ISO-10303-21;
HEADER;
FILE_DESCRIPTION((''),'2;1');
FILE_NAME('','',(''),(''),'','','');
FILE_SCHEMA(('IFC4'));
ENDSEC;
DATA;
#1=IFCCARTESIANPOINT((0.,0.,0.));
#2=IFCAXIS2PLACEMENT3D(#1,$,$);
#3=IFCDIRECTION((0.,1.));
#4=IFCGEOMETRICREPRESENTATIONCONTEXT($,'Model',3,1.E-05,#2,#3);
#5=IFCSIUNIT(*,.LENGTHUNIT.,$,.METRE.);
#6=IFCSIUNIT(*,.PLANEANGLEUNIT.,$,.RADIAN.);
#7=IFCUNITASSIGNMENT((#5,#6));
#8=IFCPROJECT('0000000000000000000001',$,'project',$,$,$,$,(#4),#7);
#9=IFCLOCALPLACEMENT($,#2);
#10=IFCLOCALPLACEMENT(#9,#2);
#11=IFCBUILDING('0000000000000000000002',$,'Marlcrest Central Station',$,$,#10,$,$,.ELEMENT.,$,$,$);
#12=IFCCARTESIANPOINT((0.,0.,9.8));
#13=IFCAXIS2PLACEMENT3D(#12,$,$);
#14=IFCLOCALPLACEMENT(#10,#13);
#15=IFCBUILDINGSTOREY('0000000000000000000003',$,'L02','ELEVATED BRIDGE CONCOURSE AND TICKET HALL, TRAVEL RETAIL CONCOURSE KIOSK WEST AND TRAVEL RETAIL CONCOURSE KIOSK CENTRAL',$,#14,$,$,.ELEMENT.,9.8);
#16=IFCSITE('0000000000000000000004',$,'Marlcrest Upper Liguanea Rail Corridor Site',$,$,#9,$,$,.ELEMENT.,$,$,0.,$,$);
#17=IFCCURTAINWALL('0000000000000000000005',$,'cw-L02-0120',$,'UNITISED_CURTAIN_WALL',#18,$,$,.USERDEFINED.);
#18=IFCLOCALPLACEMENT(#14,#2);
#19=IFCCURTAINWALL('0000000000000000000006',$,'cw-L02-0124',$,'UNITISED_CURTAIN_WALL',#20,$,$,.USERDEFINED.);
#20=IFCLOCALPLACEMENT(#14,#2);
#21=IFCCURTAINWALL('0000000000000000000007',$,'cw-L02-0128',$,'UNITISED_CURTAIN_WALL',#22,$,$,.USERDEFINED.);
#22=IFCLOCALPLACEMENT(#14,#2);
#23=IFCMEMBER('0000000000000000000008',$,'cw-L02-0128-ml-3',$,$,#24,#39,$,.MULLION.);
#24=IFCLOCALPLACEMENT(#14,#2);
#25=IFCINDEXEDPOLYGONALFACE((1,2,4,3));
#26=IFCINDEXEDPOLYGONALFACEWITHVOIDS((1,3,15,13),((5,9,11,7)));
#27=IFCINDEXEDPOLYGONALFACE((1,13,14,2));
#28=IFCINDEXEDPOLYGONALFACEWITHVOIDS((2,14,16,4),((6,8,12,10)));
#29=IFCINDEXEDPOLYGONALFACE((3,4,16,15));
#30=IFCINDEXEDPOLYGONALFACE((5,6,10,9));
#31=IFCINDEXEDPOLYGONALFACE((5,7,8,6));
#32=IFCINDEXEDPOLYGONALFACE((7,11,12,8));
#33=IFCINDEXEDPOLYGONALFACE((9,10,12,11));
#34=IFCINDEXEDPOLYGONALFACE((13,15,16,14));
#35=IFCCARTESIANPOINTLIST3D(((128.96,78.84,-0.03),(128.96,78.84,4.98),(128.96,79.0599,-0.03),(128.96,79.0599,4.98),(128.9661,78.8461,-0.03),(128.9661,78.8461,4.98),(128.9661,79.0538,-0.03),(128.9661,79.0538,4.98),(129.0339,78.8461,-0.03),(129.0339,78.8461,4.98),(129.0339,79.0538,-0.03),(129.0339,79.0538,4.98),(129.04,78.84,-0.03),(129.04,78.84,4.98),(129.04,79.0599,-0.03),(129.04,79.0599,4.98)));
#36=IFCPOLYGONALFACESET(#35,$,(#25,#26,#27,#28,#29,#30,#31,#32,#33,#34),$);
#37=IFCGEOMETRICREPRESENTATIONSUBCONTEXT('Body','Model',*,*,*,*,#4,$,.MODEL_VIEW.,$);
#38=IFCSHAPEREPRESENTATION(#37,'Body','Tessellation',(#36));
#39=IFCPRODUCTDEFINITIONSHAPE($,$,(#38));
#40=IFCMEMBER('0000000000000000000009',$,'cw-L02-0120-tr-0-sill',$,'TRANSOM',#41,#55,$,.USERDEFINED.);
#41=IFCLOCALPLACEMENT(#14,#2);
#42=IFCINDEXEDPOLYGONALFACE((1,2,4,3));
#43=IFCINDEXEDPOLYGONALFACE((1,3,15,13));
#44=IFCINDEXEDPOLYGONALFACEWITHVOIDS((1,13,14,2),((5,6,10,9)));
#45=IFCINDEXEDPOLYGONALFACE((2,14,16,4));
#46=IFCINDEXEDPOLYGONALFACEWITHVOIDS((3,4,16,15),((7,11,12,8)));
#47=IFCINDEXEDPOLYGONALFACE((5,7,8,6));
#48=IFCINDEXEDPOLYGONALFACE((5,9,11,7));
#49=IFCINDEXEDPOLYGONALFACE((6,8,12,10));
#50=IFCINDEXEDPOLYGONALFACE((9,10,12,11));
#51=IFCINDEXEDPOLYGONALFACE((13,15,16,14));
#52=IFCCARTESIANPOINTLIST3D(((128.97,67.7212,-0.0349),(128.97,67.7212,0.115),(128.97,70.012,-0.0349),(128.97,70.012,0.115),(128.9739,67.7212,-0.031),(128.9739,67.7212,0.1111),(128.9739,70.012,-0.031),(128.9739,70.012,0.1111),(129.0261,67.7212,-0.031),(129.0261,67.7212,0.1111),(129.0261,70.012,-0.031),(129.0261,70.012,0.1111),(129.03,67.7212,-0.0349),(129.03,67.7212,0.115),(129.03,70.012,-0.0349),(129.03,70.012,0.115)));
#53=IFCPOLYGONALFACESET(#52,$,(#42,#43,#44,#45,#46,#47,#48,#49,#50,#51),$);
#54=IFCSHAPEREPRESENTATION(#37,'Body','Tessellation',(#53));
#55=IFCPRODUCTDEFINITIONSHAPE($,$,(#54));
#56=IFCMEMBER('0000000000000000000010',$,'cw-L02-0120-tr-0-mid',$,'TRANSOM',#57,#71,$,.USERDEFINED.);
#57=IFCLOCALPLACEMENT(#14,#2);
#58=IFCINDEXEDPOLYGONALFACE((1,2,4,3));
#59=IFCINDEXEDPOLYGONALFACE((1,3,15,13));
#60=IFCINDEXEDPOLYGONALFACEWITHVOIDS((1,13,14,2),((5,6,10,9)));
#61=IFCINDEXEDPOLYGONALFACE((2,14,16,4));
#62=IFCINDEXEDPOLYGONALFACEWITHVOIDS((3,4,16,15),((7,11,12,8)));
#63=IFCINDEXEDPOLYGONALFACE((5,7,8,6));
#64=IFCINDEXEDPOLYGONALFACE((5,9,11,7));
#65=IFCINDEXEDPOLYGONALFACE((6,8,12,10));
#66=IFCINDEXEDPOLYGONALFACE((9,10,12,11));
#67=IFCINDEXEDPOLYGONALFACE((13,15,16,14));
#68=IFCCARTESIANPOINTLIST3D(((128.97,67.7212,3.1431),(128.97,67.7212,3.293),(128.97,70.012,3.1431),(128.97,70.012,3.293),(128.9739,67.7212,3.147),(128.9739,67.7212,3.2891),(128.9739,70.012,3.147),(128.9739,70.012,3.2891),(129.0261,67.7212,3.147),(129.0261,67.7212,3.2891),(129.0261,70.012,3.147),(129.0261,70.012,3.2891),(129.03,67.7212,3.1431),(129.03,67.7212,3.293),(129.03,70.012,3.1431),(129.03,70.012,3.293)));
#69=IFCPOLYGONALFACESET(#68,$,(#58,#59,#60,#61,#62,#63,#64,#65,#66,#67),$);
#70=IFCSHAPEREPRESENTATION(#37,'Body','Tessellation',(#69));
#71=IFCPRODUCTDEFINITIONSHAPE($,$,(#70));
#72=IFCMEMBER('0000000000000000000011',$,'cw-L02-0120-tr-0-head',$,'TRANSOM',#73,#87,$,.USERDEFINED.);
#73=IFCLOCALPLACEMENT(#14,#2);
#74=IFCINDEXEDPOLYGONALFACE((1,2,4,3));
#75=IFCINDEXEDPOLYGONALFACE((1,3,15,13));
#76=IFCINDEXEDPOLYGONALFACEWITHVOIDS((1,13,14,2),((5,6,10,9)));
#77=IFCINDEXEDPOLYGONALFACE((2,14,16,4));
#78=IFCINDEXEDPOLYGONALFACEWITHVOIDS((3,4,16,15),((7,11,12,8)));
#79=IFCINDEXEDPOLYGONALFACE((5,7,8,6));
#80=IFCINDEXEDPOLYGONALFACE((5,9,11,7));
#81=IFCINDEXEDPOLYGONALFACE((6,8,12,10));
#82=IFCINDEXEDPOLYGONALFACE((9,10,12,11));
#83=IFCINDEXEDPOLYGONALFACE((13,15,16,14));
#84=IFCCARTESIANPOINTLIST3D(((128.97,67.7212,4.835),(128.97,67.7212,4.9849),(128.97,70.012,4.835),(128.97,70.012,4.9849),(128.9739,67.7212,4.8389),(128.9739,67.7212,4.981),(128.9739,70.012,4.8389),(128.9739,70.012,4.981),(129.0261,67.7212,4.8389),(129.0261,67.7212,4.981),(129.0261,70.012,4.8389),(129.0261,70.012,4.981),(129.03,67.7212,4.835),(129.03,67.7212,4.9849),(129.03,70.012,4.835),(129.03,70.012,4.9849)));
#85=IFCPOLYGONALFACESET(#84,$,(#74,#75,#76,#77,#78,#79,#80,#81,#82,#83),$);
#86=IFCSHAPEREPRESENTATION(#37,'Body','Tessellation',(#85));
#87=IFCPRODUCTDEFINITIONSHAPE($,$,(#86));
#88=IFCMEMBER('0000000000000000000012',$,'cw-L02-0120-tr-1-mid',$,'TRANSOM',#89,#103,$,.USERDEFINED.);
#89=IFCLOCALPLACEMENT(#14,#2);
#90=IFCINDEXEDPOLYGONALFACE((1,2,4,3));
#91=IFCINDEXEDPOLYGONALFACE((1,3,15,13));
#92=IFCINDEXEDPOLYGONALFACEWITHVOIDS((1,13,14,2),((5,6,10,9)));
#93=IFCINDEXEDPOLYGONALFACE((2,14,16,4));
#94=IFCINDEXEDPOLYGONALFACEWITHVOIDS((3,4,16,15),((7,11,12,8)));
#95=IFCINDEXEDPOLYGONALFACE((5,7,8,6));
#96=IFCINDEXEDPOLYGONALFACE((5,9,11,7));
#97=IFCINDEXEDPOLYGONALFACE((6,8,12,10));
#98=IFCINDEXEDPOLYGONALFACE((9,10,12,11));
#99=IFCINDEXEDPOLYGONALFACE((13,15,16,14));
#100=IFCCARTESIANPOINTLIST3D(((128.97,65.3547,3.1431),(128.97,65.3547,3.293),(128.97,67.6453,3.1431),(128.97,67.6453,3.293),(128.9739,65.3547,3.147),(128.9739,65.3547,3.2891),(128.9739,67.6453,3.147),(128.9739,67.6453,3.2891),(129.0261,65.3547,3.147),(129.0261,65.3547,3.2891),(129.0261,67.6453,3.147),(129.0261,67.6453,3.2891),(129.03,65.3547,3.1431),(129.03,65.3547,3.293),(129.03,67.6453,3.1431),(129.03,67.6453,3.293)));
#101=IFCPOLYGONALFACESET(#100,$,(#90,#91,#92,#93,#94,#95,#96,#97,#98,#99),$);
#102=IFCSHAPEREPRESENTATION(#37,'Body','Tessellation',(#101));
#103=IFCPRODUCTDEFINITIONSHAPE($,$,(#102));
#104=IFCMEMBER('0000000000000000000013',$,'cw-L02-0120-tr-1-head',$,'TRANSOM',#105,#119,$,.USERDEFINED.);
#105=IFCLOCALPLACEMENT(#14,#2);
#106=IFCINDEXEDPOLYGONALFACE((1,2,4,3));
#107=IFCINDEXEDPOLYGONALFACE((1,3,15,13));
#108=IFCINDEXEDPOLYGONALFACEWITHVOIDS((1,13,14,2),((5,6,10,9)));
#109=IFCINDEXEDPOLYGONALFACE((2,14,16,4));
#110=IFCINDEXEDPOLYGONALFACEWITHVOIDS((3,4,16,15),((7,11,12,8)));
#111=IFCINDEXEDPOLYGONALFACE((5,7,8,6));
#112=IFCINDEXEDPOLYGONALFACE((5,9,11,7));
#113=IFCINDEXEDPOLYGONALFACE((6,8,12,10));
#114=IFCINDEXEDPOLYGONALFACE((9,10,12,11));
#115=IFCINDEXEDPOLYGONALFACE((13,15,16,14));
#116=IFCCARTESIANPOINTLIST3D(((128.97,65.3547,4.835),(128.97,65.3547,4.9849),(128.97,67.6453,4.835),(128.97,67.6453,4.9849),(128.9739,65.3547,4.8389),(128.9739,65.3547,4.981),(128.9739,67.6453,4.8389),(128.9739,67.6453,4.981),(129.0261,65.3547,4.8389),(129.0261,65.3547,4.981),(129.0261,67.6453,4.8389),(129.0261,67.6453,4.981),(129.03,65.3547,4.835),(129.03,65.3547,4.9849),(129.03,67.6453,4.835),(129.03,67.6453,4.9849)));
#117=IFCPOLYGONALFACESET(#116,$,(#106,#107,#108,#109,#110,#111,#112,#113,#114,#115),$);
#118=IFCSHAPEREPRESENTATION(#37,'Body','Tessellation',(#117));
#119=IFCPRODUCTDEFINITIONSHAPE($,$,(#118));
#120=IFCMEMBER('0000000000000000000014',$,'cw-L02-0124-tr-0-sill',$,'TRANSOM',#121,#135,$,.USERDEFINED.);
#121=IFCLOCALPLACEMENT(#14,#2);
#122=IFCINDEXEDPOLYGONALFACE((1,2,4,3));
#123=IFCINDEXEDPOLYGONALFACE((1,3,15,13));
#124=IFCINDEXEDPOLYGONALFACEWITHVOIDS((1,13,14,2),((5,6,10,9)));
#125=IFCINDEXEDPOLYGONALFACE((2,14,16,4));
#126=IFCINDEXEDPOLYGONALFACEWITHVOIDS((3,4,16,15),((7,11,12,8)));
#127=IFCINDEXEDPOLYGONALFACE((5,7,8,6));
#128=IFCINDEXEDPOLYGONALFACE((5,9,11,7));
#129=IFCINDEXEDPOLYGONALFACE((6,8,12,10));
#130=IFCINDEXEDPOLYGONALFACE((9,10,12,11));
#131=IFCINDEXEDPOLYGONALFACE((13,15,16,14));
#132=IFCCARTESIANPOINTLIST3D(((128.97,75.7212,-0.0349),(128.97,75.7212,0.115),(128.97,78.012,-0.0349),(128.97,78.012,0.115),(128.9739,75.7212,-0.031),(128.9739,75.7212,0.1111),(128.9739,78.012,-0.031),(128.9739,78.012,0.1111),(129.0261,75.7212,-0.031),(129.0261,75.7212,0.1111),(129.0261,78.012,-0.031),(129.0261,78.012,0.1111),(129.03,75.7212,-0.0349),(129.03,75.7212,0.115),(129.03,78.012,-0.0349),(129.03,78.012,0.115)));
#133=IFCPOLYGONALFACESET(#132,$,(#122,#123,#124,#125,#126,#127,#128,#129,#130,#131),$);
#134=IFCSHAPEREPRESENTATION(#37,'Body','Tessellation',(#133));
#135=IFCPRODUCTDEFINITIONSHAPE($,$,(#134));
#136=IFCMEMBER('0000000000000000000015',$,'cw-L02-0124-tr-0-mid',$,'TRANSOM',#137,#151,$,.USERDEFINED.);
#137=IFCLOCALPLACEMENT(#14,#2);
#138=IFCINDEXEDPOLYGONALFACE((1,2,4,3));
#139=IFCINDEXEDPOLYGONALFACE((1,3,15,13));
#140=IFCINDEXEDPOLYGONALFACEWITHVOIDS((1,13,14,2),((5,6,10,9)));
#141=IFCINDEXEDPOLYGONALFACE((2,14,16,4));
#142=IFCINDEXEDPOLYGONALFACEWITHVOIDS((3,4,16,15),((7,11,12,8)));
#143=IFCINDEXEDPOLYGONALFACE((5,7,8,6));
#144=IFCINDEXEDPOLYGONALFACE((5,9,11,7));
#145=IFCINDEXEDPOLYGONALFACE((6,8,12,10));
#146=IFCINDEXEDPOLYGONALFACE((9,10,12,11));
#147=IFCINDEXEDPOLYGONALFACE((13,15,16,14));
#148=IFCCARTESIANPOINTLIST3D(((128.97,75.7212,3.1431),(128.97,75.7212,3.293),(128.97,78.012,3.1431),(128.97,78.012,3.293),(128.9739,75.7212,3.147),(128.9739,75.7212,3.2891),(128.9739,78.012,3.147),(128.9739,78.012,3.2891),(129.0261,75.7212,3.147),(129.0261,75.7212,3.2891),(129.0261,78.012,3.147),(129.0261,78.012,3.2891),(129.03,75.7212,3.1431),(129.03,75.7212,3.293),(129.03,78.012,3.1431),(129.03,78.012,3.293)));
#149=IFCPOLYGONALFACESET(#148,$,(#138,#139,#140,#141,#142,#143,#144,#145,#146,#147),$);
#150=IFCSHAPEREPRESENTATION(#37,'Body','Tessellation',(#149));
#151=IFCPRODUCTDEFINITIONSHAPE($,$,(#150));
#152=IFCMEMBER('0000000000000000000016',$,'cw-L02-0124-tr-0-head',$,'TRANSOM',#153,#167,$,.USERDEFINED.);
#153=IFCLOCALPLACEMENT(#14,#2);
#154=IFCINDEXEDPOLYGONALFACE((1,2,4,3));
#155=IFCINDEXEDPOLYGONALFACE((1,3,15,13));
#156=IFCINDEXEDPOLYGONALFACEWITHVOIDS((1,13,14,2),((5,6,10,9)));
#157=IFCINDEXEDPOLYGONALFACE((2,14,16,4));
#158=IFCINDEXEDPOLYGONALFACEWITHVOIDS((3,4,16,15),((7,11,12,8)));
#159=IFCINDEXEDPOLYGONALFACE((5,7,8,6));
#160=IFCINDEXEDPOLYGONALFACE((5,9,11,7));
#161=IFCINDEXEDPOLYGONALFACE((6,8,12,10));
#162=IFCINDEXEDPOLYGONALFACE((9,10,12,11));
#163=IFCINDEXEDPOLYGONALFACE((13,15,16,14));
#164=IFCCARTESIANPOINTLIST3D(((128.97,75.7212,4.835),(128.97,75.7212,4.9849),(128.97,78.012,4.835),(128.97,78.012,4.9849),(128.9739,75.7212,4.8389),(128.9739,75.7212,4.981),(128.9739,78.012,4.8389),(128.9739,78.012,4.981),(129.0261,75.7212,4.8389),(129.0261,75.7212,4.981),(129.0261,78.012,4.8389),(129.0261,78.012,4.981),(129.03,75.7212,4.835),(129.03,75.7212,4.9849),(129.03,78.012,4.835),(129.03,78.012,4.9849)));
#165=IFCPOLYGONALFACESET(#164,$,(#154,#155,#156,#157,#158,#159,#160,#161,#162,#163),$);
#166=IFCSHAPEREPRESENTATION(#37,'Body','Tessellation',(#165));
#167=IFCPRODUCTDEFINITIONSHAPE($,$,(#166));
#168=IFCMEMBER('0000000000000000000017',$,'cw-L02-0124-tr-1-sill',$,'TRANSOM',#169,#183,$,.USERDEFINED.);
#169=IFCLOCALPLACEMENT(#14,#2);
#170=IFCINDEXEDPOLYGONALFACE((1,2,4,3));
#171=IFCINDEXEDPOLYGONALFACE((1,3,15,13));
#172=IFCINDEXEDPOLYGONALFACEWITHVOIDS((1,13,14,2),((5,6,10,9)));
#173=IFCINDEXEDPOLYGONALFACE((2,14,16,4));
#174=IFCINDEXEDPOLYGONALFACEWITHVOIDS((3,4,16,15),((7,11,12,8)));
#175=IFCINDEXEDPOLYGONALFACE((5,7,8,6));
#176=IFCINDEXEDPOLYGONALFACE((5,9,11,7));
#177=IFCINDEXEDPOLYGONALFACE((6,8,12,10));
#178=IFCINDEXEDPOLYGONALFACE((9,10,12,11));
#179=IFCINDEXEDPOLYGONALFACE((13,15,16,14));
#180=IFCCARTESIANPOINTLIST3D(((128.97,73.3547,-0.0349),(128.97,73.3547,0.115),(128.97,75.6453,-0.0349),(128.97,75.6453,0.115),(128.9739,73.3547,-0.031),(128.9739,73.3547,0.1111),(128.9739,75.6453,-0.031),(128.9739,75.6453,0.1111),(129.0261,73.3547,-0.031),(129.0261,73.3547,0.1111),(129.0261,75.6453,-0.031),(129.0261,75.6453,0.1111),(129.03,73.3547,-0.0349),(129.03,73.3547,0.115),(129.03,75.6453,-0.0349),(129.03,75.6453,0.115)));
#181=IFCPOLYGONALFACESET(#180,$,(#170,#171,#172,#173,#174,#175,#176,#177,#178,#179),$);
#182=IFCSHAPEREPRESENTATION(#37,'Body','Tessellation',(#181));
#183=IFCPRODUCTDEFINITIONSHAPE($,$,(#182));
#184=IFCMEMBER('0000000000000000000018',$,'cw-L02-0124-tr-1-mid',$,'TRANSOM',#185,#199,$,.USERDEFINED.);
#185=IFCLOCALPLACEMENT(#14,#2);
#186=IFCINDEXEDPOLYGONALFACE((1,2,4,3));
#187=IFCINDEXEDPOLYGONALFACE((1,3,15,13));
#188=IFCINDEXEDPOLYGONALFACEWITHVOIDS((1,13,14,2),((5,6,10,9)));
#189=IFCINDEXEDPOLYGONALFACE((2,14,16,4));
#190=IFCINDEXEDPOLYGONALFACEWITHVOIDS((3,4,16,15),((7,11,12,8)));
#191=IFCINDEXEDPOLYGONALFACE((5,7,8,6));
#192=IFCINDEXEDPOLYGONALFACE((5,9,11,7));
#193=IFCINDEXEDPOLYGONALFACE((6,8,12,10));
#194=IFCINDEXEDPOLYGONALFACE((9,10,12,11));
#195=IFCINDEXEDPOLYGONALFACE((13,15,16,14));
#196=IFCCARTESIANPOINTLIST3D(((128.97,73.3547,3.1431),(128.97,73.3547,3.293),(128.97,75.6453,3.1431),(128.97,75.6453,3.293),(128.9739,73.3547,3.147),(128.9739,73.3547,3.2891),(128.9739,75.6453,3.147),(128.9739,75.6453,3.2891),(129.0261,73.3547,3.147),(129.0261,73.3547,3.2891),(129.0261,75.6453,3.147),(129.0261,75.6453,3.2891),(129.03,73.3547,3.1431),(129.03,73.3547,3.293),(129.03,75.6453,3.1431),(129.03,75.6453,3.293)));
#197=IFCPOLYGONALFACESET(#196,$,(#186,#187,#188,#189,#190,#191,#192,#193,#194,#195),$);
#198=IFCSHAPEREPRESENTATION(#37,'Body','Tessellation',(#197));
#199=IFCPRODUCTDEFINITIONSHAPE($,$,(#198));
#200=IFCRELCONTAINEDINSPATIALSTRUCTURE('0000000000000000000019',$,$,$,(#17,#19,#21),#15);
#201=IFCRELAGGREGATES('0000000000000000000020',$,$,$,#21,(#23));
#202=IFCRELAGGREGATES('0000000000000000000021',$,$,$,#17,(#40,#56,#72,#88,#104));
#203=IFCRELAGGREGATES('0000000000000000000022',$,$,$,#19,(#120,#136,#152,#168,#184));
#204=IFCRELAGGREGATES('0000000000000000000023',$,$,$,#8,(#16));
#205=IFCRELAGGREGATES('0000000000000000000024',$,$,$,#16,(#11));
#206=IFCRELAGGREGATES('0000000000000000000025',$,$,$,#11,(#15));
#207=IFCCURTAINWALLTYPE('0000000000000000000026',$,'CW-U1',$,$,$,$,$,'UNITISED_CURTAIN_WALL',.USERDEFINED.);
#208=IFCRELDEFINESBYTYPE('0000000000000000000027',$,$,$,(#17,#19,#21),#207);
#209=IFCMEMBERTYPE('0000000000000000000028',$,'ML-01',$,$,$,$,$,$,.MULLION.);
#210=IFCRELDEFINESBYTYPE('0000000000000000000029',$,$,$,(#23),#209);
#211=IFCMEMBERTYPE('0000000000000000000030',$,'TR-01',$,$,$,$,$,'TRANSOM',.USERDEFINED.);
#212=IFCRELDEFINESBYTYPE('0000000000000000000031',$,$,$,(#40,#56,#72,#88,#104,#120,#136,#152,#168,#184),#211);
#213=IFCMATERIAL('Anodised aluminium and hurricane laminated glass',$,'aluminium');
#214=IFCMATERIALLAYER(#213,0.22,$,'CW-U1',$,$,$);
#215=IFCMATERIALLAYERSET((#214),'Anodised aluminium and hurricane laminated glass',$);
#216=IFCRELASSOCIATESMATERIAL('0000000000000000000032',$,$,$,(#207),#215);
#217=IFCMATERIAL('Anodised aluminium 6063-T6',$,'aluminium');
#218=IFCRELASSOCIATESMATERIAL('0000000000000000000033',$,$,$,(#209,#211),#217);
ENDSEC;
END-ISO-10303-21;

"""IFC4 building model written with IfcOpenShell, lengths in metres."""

from ifc_helpers import new_model, si_unit, direction, frame, origin, origin_2d, place, context, subcontext, project, spatial, hollow_rectangle, extrude, material, layer, layer_set, material_profile, profile_set, type_object, element, aggregate, save


model = new_model("IFC4")

# Units and contexts
model_context = context("Model", 3, precision=1e-05, world=origin(), true_north=direction((0.0, 1.0)))
body_context = subcontext(model_context, "Body", "Model", "MODEL_VIEW")
ifc_project = project(units=[si_unit("LENGTHUNIT", "METRE"), si_unit("PLANEANGLEUNIT", "RADIAN")], contexts=[model_context])

# Site, building, storey
site_placement = place(None, origin())
site = spatial("IfcSite", under=ifc_project, at=site_placement, Name="Marlcrest Upper Liguanea Rail Corridor Site", CompositionType="ELEMENT", RefElevation=0.0)
building_placement = place(site_placement, origin())
building = spatial("IfcBuilding", under=site, at=building_placement, Name="Marlcrest Central Station", CompositionType="ELEMENT")
storey_placement = place(building_placement, frame((0.0, 0.0, 9.8)))
storey = spatial("IfcBuildingStorey", under=building, at=storey_placement, Name="L02", Description="ELEVATED BRIDGE CONCOURSE AND TICKET HALL, TRAVEL RETAIL CONCOURSE KIOSK WEST AND TRAVEL RETAIL CONCOURSE KIOSK CENTRAL", CompositionType="ELEMENT", Elevation=9.8)

# Curtain walls
ifc_material_1 = material(Name="Anodised aluminium and hurricane laminated glass", Category="aluminium")
ifc_layer_1 = layer(ifc_material_1, 0.22, Name="CW-U1")
ifc_layer_set_1 = layer_set([ifc_layer_1], Name="Anodised aluminium and hurricane laminated glass")
curtain_wall_type = type_object("IfcCurtainWallType", Name="CW-U1", ElementType="UNITISED_CURTAIN_WALL", PredefinedType="USERDEFINED", material=ifc_layer_set_1)
curtain_wall_1_placement = place(storey_placement, origin())
curtain_wall_1 = element("IfcCurtainWall", 1, at=curtain_wall_1_placement, inside=storey, type_object=curtain_wall_type, Name="cw-L02-0120", ObjectType="UNITISED_CURTAIN_WALL", PredefinedType="USERDEFINED")
ifc_material_2 = material(Name="Anodised aluminium 6063-T6", Category="aluminium")
ifc_material_profile_1 = material_profile(ifc_material_2, hollow_rectangle(XDim=0.0801, YDim=0.22, WallThickness=0.0061, at=origin_2d()), Name="AA-RHS 220x80x6")
ifc_profile_set_1 = profile_set([ifc_material_profile_1], Name="Anodised aluminium 6063-T6")
member_type_1 = type_object("IfcMemberType", Name="ML-01", PredefinedType="MULLION", material=ifc_profile_set_1)
curtain_wall_2_placement = place(storey_placement, origin())
curtain_wall_2 = element("IfcCurtainWall", 2, at=curtain_wall_2_placement, inside=storey, type_object=curtain_wall_type, Name="cw-L02-0124", ObjectType="UNITISED_CURTAIN_WALL", PredefinedType="USERDEFINED")

# Curtain wall, member
curtain_wall_3_placement = place(storey_placement, origin())
curtain_wall_3 = element("IfcCurtainWall", 3, at=curtain_wall_3_placement, inside=storey, type_object=curtain_wall_type, Name="cw-L02-0128", ObjectType="UNITISED_CURTAIN_WALL", PredefinedType="USERDEFINED")
member_1_placement = place(storey_placement, frame((129.0, 78.95, -0.03), z_axis=(0.0, 0.0, 1.0), x_axis=(1.0, 0.0, 0.0)))
member_1 = element("IfcMember", 4, at=member_1_placement, type_object=member_type_1, Name="cw-L02-0128-ml-3", PredefinedType="MULLION", context=body_context, shape_type="SweptSolid", body=[
    extrude(hollow_rectangle(XDim=0.0801, YDim=0.22, WallThickness=0.0061, at=origin_2d()), origin(), (0.0, 0.0, 1.0), 5.01),
])
aggregate(curtain_wall_3, [member_1])

# Members
ifc_material_profile_2 = material_profile(ifc_material_2, hollow_rectangle(XDim=0.0601, YDim=0.1499, WallThickness=0.0039, at=origin_2d()), Name="AA-RHS 150x60x4")
ifc_profile_set_2 = profile_set([ifc_material_profile_2], Name="Anodised aluminium 6063-T6")
member_type_2 = type_object("IfcMemberType", Name="TR-01", ElementType="TRANSOM", PredefinedType="USERDEFINED", material=ifc_profile_set_2)
member_2_placement = place(storey_placement, frame((129.0, 70.012, 0.04), z_axis=(0.0, -1.0, 0.0), x_axis=(1.0, 0.0, 0.0)))
member_2 = element("IfcMember", 5, at=member_2_placement, type_object=member_type_2, Name="cw-L02-0120-tr-0-sill", ObjectType="TRANSOM", PredefinedType="USERDEFINED", context=body_context, shape_type="SweptSolid", body=[
    extrude(hollow_rectangle(XDim=0.0601, YDim=0.1499, WallThickness=0.0039, at=origin_2d()), origin(), (0.0, 0.0, 1.0), 2.2908),
])
member_3_placement = place(storey_placement, frame((129.0, 70.012, 3.218), z_axis=(0.0, -1.0, 0.0), x_axis=(1.0, 0.0, 0.0)))
member_3 = element("IfcMember", 6, at=member_3_placement, type_object=member_type_2, Name="cw-L02-0120-tr-0-mid", ObjectType="TRANSOM", PredefinedType="USERDEFINED", context=body_context, shape_type="SweptSolid", body=[
    extrude(hollow_rectangle(XDim=0.0601, YDim=0.1499, WallThickness=0.0039, at=origin_2d()), origin(), (0.0, 0.0, 1.0), 2.2908),
])
member_4_placement = place(storey_placement, frame((129.0, 70.012, 4.9099), z_axis=(0.0, -1.0, 0.0), x_axis=(1.0, 0.0, 0.0)))
member_4 = element("IfcMember", 7, at=member_4_placement, type_object=member_type_2, Name="cw-L02-0120-tr-0-head", ObjectType="TRANSOM", PredefinedType="USERDEFINED", context=body_context, shape_type="SweptSolid", body=[
    extrude(hollow_rectangle(XDim=0.0601, YDim=0.1499, WallThickness=0.0039, at=origin_2d()), origin(), (0.0, 0.0, 1.0), 2.2908),
])
member_5_placement = place(storey_placement, frame((129.0, 67.6453, 3.218), z_axis=(0.0, -1.0, 0.0), x_axis=(1.0, 0.0, 0.0)))
member_5 = element("IfcMember", 8, at=member_5_placement, type_object=member_type_2, Name="cw-L02-0120-tr-1-mid", ObjectType="TRANSOM", PredefinedType="USERDEFINED", context=body_context, shape_type="SweptSolid", body=[
    extrude(hollow_rectangle(XDim=0.0601, YDim=0.1499, WallThickness=0.0039, at=origin_2d()), origin(), (0.0, 0.0, 1.0), 2.2905),
])
member_6_placement = place(storey_placement, frame((129.0, 67.6453, 4.9099), z_axis=(0.0, -1.0, 0.0), x_axis=(1.0, 0.0, 0.0)))
member_6 = element("IfcMember", 9, at=member_6_placement, type_object=member_type_2, Name="cw-L02-0120-tr-1-head", ObjectType="TRANSOM", PredefinedType="USERDEFINED", context=body_context, shape_type="SweptSolid", body=[
    extrude(hollow_rectangle(XDim=0.0601, YDim=0.1499, WallThickness=0.0039, at=origin_2d()), origin(), (0.0, 0.0, 1.0), 2.2905),
])
member_7_placement = place(storey_placement, frame((129.0, 78.012, 0.04), z_axis=(0.0, -1.0, 0.0), x_axis=(1.0, 0.0, 0.0)))
member_7 = element("IfcMember", 10, at=member_7_placement, type_object=member_type_2, Name="cw-L02-0124-tr-0-sill", ObjectType="TRANSOM", PredefinedType="USERDEFINED", context=body_context, shape_type="SweptSolid", body=[
    extrude(hollow_rectangle(XDim=0.0601, YDim=0.1499, WallThickness=0.0039, at=origin_2d()), origin(), (0.0, 0.0, 1.0), 2.2908),
])
member_8_placement = place(storey_placement, frame((129.0, 78.012, 3.218), z_axis=(0.0, -1.0, 0.0), x_axis=(1.0, 0.0, 0.0)))
member_8 = element("IfcMember", 11, at=member_8_placement, type_object=member_type_2, Name="cw-L02-0124-tr-0-mid", ObjectType="TRANSOM", PredefinedType="USERDEFINED", context=body_context, shape_type="SweptSolid", body=[
    extrude(hollow_rectangle(XDim=0.0601, YDim=0.1499, WallThickness=0.0039, at=origin_2d()), origin(), (0.0, 0.0, 1.0), 2.2908),
])
member_9_placement = place(storey_placement, frame((129.0, 78.012, 4.9099), z_axis=(0.0, -1.0, 0.0), x_axis=(1.0, 0.0, 0.0)))
member_9 = element("IfcMember", 12, at=member_9_placement, type_object=member_type_2, Name="cw-L02-0124-tr-0-head", ObjectType="TRANSOM", PredefinedType="USERDEFINED", context=body_context, shape_type="SweptSolid", body=[
    extrude(hollow_rectangle(XDim=0.0601, YDim=0.1499, WallThickness=0.0039, at=origin_2d()), origin(), (0.0, 0.0, 1.0), 2.2908),
])
member_10_placement = place(storey_placement, frame((129.0, 75.6453, 0.04), z_axis=(0.0, -1.0, 0.0), x_axis=(1.0, 0.0, 0.0)))
member_10 = element("IfcMember", 13, at=member_10_placement, type_object=member_type_2, Name="cw-L02-0124-tr-1-sill", ObjectType="TRANSOM", PredefinedType="USERDEFINED", context=body_context, shape_type="SweptSolid", body=[
    extrude(hollow_rectangle(XDim=0.0601, YDim=0.1499, WallThickness=0.0039, at=origin_2d()), origin(), (0.0, 0.0, 1.0), 2.2905),
])
member_11_placement = place(storey_placement, frame((129.0, 75.6453, 3.218), z_axis=(0.0, -1.0, 0.0), x_axis=(1.0, 0.0, 0.0)))
member_11 = element("IfcMember", 14, at=member_11_placement, type_object=member_type_2, Name="cw-L02-0124-tr-1-mid", ObjectType="TRANSOM", PredefinedType="USERDEFINED", context=body_context, shape_type="SweptSolid", body=[
    extrude(hollow_rectangle(XDim=0.0601, YDim=0.1499, WallThickness=0.0039, at=origin_2d()), origin(), (0.0, 0.0, 1.0), 2.2905),
])

aggregate(curtain_wall_1, [member_2, member_3, member_4, member_5, member_6])
aggregate(curtain_wall_2, [member_7, member_8, member_9, member_10, member_11])

save(model, "model.ifc")
